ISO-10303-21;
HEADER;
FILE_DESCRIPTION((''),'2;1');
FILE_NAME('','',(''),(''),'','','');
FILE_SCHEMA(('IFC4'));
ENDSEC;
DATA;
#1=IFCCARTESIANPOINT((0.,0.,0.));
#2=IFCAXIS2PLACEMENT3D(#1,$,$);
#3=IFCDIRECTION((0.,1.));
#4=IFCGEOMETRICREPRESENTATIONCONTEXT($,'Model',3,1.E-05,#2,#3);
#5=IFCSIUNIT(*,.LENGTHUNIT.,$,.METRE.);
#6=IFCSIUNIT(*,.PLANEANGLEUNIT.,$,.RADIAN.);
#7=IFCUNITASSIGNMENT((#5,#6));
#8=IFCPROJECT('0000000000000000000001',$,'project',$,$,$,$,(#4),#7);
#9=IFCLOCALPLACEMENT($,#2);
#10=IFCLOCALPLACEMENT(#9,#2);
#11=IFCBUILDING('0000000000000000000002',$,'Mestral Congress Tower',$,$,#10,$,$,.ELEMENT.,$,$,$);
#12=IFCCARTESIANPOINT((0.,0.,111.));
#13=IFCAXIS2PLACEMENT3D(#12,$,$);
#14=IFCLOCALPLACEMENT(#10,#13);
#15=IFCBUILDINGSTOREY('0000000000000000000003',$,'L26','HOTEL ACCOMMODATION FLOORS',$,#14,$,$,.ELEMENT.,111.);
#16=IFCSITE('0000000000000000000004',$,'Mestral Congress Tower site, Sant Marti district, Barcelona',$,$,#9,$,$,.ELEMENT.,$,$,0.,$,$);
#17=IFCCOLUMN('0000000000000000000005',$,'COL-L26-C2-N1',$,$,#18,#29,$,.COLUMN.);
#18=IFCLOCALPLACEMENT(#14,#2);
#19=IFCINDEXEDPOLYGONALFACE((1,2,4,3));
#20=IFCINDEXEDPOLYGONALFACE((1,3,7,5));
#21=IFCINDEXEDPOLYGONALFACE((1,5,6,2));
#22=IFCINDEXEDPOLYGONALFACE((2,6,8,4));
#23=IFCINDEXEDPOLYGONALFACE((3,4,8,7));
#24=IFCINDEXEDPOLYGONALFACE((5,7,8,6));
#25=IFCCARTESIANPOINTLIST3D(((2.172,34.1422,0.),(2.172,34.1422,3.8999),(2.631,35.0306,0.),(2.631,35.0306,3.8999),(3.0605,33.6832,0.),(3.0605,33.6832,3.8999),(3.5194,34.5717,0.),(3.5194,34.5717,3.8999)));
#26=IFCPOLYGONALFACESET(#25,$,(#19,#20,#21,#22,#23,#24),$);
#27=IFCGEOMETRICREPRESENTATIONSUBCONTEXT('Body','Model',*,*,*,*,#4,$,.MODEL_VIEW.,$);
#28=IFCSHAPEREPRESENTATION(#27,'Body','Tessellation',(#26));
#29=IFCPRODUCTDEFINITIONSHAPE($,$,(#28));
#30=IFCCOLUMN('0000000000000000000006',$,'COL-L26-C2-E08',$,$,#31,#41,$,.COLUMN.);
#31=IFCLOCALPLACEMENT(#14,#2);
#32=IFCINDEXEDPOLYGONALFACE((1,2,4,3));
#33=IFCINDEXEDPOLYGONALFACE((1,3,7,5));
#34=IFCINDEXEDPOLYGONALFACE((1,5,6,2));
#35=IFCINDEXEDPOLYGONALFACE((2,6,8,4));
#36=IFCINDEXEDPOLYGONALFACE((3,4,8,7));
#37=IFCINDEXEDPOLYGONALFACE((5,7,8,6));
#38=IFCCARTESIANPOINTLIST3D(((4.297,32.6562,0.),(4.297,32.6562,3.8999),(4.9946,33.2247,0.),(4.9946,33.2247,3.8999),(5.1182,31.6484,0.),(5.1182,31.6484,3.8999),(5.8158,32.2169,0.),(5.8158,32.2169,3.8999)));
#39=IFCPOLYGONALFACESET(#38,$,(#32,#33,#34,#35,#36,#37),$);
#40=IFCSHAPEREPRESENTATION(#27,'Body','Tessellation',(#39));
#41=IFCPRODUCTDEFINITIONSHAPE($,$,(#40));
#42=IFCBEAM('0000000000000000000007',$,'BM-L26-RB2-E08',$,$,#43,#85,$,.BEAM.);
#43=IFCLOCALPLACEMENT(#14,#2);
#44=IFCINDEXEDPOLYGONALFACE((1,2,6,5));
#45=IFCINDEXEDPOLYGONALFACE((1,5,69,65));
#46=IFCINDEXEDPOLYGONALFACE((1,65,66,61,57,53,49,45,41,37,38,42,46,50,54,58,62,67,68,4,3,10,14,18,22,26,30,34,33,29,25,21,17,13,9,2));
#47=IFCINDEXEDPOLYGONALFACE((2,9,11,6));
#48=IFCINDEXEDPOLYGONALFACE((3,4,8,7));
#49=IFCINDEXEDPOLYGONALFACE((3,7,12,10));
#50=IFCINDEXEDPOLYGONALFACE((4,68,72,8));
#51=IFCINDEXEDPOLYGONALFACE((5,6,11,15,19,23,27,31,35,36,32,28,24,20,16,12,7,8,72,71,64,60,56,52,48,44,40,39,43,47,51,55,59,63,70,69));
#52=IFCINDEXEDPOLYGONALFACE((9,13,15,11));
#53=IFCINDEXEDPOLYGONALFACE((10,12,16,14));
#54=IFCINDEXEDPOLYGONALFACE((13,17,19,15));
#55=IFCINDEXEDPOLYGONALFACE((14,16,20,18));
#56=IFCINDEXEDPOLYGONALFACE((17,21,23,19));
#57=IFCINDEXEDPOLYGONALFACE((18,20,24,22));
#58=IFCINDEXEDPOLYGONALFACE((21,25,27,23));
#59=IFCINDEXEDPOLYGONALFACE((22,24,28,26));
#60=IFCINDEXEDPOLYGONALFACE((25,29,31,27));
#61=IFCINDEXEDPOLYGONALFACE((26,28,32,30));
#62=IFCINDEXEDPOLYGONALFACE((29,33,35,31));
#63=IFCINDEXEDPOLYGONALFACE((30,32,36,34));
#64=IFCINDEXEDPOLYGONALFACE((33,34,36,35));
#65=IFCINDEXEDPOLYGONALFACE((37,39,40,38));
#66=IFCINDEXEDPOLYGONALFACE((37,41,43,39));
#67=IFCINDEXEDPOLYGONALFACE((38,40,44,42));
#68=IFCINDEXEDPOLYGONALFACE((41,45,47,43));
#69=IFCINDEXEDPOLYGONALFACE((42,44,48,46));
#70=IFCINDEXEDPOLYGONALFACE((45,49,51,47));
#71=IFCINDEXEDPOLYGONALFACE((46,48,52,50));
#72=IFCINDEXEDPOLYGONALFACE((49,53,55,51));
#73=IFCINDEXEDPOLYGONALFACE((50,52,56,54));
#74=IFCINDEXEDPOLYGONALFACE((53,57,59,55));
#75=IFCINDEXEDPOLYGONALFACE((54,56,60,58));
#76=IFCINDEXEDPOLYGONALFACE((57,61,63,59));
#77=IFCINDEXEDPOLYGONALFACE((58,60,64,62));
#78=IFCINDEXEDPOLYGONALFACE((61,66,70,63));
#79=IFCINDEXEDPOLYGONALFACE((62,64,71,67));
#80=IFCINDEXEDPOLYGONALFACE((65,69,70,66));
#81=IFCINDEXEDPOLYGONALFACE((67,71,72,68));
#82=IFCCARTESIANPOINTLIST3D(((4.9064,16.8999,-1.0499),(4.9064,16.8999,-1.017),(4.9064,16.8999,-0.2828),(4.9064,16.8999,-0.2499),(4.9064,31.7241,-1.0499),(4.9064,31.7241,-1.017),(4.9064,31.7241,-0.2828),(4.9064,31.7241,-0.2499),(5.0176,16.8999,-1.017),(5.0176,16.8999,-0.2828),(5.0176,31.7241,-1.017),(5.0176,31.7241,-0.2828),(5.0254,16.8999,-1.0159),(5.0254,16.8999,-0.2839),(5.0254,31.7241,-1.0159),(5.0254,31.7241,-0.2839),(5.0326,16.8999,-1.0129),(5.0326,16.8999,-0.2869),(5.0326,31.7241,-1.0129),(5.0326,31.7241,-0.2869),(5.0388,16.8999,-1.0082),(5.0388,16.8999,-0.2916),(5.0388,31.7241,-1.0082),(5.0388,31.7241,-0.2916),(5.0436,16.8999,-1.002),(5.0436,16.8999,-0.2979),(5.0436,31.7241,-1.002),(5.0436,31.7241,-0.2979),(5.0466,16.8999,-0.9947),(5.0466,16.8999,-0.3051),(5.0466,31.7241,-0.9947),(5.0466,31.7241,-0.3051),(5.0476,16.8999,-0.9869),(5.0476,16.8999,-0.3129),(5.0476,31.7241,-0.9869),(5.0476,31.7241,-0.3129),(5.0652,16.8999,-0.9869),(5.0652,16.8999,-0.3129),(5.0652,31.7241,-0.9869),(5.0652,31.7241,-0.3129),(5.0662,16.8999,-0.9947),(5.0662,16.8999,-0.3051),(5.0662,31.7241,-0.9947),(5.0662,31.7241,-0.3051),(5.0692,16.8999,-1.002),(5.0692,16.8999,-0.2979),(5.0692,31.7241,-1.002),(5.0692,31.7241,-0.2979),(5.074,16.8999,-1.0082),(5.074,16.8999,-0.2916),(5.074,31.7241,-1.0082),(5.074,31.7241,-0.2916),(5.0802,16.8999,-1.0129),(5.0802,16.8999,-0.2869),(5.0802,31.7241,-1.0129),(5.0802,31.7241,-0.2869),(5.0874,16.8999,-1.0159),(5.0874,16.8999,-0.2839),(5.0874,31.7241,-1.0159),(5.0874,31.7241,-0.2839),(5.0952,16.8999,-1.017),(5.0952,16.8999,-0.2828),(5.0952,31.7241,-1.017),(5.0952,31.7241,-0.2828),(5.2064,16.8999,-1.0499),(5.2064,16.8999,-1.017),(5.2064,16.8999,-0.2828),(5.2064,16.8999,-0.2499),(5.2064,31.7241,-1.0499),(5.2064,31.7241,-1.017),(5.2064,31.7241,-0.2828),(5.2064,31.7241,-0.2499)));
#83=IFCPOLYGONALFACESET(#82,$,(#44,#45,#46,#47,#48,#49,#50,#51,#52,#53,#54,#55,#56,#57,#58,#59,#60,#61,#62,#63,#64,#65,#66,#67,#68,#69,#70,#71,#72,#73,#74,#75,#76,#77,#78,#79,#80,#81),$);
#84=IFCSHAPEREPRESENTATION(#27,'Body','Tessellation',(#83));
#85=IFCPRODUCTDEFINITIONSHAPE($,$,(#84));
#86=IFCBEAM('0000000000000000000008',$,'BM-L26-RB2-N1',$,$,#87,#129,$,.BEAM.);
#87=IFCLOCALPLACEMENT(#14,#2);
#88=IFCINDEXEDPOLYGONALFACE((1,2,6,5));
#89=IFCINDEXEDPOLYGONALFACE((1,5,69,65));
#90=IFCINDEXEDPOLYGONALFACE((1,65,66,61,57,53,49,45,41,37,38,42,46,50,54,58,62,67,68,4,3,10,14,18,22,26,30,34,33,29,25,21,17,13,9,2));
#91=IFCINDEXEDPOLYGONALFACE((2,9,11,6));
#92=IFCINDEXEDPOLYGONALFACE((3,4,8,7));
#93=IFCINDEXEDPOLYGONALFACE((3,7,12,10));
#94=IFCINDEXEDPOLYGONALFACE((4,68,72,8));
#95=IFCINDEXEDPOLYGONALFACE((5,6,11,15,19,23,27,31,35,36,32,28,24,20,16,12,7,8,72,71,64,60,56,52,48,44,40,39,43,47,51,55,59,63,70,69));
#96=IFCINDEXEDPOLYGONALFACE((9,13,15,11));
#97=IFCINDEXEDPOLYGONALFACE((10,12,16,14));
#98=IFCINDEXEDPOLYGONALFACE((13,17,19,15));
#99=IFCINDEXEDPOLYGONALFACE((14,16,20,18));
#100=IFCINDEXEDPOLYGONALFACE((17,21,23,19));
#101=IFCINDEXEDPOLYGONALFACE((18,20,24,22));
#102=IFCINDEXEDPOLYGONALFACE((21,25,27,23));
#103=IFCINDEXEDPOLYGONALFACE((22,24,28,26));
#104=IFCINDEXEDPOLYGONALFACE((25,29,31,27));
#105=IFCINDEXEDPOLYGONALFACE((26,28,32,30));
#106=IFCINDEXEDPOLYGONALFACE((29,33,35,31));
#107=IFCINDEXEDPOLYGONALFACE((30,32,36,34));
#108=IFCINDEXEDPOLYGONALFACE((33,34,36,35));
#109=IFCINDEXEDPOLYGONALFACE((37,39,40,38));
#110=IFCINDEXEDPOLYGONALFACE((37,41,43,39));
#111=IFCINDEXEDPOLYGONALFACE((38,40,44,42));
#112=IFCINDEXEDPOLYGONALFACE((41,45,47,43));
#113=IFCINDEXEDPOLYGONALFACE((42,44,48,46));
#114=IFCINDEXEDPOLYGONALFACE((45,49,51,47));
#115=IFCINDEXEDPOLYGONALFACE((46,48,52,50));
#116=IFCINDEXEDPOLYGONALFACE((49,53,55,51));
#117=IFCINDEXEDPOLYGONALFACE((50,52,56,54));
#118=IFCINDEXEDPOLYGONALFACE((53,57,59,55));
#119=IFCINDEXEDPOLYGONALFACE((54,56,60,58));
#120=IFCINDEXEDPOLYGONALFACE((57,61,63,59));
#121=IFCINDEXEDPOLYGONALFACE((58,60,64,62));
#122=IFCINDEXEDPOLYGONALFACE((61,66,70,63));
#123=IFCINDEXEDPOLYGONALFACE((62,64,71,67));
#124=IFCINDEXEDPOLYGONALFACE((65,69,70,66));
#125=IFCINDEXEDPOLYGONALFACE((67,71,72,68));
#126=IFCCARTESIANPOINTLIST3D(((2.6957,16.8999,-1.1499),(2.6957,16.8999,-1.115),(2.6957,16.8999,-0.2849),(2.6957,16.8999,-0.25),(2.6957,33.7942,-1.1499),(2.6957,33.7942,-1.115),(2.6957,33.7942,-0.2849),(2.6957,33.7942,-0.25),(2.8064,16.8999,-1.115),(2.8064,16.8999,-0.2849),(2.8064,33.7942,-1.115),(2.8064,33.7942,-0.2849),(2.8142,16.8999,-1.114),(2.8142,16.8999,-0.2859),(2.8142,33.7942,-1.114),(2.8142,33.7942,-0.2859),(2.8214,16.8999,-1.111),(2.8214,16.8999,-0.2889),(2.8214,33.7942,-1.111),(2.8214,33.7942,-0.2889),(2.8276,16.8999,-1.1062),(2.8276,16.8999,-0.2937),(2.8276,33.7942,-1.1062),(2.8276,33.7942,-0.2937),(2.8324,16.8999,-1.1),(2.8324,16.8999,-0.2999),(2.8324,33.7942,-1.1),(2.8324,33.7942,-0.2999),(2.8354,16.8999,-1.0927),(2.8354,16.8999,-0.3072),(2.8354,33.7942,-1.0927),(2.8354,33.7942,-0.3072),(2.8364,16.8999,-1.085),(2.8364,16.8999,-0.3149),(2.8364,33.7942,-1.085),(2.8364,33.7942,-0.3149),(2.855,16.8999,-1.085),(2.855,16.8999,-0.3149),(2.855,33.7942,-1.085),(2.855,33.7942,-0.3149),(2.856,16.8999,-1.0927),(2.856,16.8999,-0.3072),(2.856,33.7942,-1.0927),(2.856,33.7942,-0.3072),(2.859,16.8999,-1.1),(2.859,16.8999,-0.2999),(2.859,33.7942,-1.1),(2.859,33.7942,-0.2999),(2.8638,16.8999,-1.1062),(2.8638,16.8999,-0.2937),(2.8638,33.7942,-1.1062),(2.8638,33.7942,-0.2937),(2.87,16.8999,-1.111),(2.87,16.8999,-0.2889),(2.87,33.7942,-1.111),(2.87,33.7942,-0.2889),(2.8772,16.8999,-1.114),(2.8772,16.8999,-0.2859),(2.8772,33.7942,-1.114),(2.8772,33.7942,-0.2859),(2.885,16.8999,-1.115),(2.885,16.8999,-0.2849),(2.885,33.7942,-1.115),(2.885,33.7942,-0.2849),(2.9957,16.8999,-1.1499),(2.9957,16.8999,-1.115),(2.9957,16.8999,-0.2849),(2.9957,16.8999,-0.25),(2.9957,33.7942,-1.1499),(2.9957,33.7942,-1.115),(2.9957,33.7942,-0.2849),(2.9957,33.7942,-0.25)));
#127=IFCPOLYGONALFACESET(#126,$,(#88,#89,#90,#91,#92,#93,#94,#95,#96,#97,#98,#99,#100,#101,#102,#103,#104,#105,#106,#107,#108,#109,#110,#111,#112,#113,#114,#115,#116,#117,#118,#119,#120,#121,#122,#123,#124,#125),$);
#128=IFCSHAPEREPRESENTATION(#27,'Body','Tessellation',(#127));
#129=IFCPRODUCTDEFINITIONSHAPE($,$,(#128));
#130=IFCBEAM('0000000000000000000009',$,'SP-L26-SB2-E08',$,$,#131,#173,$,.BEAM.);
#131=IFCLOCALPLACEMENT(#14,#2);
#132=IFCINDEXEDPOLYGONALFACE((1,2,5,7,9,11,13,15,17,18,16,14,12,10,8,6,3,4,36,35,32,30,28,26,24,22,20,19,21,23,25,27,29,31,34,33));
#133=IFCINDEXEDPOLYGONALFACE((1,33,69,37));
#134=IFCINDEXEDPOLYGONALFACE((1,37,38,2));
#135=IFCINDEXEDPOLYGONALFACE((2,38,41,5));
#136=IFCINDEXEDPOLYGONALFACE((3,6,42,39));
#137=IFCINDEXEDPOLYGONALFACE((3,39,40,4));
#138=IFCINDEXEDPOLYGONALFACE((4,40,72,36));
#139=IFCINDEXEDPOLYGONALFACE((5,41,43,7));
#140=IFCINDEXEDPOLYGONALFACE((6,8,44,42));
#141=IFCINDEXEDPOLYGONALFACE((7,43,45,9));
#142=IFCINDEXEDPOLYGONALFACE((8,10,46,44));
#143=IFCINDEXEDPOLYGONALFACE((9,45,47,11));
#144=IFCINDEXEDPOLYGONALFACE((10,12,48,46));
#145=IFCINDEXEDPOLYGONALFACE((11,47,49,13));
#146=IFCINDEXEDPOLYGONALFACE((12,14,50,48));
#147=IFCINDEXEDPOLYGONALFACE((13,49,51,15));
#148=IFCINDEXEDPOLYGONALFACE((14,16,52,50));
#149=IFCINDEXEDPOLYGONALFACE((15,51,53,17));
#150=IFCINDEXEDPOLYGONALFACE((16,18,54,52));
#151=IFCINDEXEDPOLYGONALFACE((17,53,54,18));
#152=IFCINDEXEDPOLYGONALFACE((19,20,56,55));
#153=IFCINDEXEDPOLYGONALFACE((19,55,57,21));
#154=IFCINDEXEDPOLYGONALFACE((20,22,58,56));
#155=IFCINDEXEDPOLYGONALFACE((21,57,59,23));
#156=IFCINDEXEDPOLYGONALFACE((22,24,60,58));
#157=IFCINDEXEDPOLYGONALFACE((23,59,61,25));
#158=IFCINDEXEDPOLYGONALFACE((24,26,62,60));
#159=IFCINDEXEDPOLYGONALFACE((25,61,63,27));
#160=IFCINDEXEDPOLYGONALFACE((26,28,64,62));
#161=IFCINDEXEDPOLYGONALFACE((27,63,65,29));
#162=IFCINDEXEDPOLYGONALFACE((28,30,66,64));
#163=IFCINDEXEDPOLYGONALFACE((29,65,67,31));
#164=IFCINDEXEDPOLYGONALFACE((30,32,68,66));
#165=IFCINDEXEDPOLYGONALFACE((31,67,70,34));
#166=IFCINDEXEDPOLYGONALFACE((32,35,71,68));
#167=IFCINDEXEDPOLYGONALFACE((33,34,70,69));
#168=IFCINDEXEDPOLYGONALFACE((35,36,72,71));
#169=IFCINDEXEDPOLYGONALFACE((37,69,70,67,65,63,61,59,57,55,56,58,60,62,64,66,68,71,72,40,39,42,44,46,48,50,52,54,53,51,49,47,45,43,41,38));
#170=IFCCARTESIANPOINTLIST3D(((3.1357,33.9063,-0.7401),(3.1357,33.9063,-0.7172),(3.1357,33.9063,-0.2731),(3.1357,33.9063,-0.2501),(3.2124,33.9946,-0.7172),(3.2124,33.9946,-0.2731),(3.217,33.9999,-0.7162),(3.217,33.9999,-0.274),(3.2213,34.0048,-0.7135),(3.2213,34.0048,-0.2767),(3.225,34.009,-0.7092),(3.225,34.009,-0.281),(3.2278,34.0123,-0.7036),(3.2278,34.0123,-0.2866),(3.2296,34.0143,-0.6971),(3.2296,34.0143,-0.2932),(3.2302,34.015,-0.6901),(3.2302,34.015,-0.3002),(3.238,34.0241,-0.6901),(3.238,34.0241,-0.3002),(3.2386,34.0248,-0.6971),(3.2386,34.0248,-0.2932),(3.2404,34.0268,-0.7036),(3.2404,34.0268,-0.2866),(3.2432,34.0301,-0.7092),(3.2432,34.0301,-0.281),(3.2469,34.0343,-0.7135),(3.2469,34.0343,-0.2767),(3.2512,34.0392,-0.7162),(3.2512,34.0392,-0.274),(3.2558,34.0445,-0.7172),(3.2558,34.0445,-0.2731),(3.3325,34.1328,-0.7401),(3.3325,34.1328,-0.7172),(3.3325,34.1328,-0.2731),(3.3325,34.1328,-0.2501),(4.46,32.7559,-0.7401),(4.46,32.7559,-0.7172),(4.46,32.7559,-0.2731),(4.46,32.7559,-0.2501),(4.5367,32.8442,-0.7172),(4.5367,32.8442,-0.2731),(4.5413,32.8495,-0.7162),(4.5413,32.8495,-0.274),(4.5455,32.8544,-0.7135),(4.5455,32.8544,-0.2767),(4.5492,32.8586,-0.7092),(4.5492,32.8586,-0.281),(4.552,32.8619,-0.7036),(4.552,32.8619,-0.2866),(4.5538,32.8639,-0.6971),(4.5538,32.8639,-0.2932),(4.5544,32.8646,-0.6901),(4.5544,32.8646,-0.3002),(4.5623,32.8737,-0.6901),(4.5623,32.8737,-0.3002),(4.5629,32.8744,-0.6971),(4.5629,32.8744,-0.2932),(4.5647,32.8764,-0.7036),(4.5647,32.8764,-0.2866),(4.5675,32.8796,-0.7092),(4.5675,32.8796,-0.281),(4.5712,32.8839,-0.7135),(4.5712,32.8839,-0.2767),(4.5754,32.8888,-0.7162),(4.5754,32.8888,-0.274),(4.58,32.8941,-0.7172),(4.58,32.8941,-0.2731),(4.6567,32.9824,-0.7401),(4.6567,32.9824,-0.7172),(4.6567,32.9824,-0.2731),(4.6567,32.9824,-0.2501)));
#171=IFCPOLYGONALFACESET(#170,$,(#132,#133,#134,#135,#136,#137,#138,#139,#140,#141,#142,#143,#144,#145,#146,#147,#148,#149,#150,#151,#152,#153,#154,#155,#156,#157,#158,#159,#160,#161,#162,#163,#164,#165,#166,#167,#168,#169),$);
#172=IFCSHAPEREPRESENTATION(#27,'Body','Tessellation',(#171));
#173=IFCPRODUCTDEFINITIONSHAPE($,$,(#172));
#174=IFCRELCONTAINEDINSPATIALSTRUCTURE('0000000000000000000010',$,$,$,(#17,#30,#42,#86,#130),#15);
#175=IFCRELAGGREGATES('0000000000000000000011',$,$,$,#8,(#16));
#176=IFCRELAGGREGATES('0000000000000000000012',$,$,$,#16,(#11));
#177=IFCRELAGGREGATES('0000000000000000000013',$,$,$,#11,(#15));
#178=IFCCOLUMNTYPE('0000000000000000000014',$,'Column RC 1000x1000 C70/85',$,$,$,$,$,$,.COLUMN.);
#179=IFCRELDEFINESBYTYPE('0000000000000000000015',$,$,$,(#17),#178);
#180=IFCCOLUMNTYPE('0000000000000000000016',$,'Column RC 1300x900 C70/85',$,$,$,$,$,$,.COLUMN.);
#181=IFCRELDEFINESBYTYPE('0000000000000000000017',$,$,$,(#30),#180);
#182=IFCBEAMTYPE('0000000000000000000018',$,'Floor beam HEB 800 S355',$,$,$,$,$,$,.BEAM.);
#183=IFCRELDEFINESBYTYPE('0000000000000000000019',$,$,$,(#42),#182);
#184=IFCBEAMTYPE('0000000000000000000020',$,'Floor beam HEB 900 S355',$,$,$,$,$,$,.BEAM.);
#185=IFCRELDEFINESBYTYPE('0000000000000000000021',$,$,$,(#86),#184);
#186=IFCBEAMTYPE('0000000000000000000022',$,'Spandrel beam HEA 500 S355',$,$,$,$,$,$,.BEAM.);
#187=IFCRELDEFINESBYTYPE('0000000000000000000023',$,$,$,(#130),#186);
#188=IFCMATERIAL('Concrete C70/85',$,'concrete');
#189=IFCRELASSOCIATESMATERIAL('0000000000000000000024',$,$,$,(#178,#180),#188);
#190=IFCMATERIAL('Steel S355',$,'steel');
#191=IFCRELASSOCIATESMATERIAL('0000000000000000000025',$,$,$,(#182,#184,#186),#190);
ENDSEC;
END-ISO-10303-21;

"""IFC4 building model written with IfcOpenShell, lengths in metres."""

from ifc_helpers import new_model, si_unit, direction, frame, origin, origin_2d, place, context, subcontext, project, spatial, rectangle, i_section, extrude, material, material_profile, profile_set, type_object, element, save


model = new_model("IFC4")

# Units and contexts
model_context = context("Model", 3, precision=1e-05, world=origin(), true_north=direction((0.0, 1.0)))
body_context = subcontext(model_context, "Body", "Model", "MODEL_VIEW")
ifc_project = project(units=[si_unit("LENGTHUNIT", "METRE"), si_unit("PLANEANGLEUNIT", "RADIAN")], contexts=[model_context])

# Site, building, storey
site_placement = place(None, origin())
site = spatial("IfcSite", under=ifc_project, at=site_placement, Name="Mestral Congress Tower site, Sant Marti district, Barcelona", CompositionType="ELEMENT", RefElevation=0.0)
building_placement = place(site_placement, origin())
building = spatial("IfcBuilding", under=site, at=building_placement, Name="Mestral Congress Tower", CompositionType="ELEMENT")
storey_placement = place(building_placement, frame((0.0, 0.0, 111.0)))
storey = spatial("IfcBuildingStorey", under=building, at=storey_placement, Name="L26", Description="HOTEL ACCOMMODATION FLOORS", CompositionType="ELEMENT", Elevation=111.0)

# Columns
ifc_material_1 = material(Name="Concrete C70/85", Category="concrete")
ifc_material_profile_1 = material_profile(ifc_material_1, rectangle(XDim=1.0, YDim=1.0, at=origin_2d()), Name="RC 1000x1000")
ifc_profile_set_1 = profile_set([ifc_material_profile_1], Name="Concrete C70/85")
column_type_1 = type_object("IfcColumnType", Name="Column RC 1000x1000 C70/85", PredefinedType="COLUMN", material=ifc_profile_set_1)
column_1_placement = place(storey_placement, frame((2.8457, 34.3569, 0.0), z_axis=(0.0, 0.0, 1.0), x_axis=(-0.888456, 0.458961, 0.0)))
element("IfcColumn", 1, at=column_1_placement, inside=storey, type_object=column_type_1, Name="COL-L26-C2-N1", PredefinedType="COLUMN", context=body_context, shape_type="SweptSolid", body=[
    extrude(rectangle(XDim=1.0, YDim=1.0, at=origin_2d()), origin(), (0.0, 0.0, 1.0), 3.8999),
])
ifc_material_profile_2 = material_profile(ifc_material_1, rectangle(XDim=1.3, YDim=0.8999, at=origin_2d()), Name="RC 1300x900")
ifc_profile_set_2 = profile_set([ifc_material_profile_2], Name="Concrete C70/85")
column_type_2 = type_object("IfcColumnType", Name="Column RC 1300x900 C70/85", PredefinedType="COLUMN", material=ifc_profile_set_2)
column_2_placement = place(storey_placement, frame((5.0564, 32.4365, 0.0), z_axis=(0.0, 0.0, 1.0), x_axis=(-0.631709, 0.775206, 0.0)))
element("IfcColumn", 2, at=column_2_placement, inside=storey, type_object=column_type_2, Name="COL-L26-C2-E08", PredefinedType="COLUMN", context=body_context, shape_type="SweptSolid", body=[
    extrude(rectangle(XDim=1.3, YDim=0.8999, at=origin_2d()), origin(), (0.0, 0.0, 1.0), 3.8999),
])

# Beams
ifc_material_2 = material(Name="Steel S355", Category="steel")
ifc_material_profile_3 = material_profile(ifc_material_2, i_section(OverallWidth=0.3, OverallDepth=0.8, WebThickness=0.0176, FlangeThickness=0.033, FilletRadius=0.03, at=origin_2d()), Name="HEB 800")
ifc_profile_set_3 = profile_set([ifc_material_profile_3], Name="Steel S355")
beam_type_1 = type_object("IfcBeamType", Name="Floor beam HEB 800 S355", PredefinedType="BEAM", material=ifc_profile_set_3)
beam_1_placement = place(storey_placement, frame((5.0564, 31.7241, -0.6499), z_axis=(0.0, -1.0, 0.0), x_axis=(1.0, 0.0, 0.0)))
element("IfcBeam", 3, at=beam_1_placement, inside=storey, type_object=beam_type_1, Name="BM-L26-RB2-E08", PredefinedType="BEAM", context=body_context, shape_type="SweptSolid", body=[
    extrude(i_section(OverallWidth=0.3, OverallDepth=0.8, WebThickness=0.0176, FlangeThickness=0.033, FilletRadius=0.03, at=origin_2d()), origin(), (0.0, 0.0, 1.0), 14.8242),
])
ifc_material_profile_4 = material_profile(ifc_material_2, i_section(OverallWidth=0.3, OverallDepth=0.8999, WebThickness=0.0186, FlangeThickness=0.0349, FilletRadius=0.03, at=origin_2d()), Name="HEB 900")
ifc_profile_set_4 = profile_set([ifc_material_profile_4], Name="Steel S355")
beam_type_2 = type_object("IfcBeamType", Name="Floor beam HEB 900 S355", PredefinedType="BEAM", material=ifc_profile_set_4)
beam_2_placement = place(storey_placement, frame((2.8457, 33.7942, -0.7), z_axis=(0.0, -1.0, 0.0), x_axis=(1.0, 0.0, 0.0)))
element("IfcBeam", 4, at=beam_2_placement, inside=storey, type_object=beam_type_2, Name="BM-L26-RB2-N1", PredefinedType="BEAM", context=body_context, shape_type="SweptSolid", body=[
    extrude(i_section(OverallWidth=0.3, OverallDepth=0.8999, WebThickness=0.0186, FlangeThickness=0.0349, FilletRadius=0.03, at=origin_2d()), origin(), (0.0, 0.0, 1.0), 16.8943),
])
ifc_material_profile_5 = material_profile(ifc_material_2, i_section(OverallWidth=0.3, OverallDepth=0.49, WebThickness=0.012, FlangeThickness=0.0229, FilletRadius=0.0271, at=origin_2d()), Name="HEA 500")
ifc_profile_set_5 = profile_set([ifc_material_profile_5], Name="Steel S355")
beam_type_3 = type_object("IfcBeamType", Name="Spandrel beam HEA 500 S355", PredefinedType="BEAM", material=ifc_profile_set_5)
beam_3_placement = place(storey_placement, frame((4.5583, 32.8691, -0.4951), z_axis=(-0.754917, 0.65582, 0.0), x_axis=(-0.65582, -0.754917, 0.0)))
element("IfcBeam", 5, at=beam_3_placement, inside=storey, type_object=beam_type_3, Name="SP-L26-SB2-E08", PredefinedType="BEAM", context=body_context, shape_type="SweptSolid", body=[
    extrude(i_section(OverallWidth=0.3, OverallDepth=0.49, WebThickness=0.012, FlangeThickness=0.0229, FilletRadius=0.0271, at=origin_2d()), origin(), (0.0, 0.0, 1.0), 1.7542),
])

save(model, "model.ifc")
